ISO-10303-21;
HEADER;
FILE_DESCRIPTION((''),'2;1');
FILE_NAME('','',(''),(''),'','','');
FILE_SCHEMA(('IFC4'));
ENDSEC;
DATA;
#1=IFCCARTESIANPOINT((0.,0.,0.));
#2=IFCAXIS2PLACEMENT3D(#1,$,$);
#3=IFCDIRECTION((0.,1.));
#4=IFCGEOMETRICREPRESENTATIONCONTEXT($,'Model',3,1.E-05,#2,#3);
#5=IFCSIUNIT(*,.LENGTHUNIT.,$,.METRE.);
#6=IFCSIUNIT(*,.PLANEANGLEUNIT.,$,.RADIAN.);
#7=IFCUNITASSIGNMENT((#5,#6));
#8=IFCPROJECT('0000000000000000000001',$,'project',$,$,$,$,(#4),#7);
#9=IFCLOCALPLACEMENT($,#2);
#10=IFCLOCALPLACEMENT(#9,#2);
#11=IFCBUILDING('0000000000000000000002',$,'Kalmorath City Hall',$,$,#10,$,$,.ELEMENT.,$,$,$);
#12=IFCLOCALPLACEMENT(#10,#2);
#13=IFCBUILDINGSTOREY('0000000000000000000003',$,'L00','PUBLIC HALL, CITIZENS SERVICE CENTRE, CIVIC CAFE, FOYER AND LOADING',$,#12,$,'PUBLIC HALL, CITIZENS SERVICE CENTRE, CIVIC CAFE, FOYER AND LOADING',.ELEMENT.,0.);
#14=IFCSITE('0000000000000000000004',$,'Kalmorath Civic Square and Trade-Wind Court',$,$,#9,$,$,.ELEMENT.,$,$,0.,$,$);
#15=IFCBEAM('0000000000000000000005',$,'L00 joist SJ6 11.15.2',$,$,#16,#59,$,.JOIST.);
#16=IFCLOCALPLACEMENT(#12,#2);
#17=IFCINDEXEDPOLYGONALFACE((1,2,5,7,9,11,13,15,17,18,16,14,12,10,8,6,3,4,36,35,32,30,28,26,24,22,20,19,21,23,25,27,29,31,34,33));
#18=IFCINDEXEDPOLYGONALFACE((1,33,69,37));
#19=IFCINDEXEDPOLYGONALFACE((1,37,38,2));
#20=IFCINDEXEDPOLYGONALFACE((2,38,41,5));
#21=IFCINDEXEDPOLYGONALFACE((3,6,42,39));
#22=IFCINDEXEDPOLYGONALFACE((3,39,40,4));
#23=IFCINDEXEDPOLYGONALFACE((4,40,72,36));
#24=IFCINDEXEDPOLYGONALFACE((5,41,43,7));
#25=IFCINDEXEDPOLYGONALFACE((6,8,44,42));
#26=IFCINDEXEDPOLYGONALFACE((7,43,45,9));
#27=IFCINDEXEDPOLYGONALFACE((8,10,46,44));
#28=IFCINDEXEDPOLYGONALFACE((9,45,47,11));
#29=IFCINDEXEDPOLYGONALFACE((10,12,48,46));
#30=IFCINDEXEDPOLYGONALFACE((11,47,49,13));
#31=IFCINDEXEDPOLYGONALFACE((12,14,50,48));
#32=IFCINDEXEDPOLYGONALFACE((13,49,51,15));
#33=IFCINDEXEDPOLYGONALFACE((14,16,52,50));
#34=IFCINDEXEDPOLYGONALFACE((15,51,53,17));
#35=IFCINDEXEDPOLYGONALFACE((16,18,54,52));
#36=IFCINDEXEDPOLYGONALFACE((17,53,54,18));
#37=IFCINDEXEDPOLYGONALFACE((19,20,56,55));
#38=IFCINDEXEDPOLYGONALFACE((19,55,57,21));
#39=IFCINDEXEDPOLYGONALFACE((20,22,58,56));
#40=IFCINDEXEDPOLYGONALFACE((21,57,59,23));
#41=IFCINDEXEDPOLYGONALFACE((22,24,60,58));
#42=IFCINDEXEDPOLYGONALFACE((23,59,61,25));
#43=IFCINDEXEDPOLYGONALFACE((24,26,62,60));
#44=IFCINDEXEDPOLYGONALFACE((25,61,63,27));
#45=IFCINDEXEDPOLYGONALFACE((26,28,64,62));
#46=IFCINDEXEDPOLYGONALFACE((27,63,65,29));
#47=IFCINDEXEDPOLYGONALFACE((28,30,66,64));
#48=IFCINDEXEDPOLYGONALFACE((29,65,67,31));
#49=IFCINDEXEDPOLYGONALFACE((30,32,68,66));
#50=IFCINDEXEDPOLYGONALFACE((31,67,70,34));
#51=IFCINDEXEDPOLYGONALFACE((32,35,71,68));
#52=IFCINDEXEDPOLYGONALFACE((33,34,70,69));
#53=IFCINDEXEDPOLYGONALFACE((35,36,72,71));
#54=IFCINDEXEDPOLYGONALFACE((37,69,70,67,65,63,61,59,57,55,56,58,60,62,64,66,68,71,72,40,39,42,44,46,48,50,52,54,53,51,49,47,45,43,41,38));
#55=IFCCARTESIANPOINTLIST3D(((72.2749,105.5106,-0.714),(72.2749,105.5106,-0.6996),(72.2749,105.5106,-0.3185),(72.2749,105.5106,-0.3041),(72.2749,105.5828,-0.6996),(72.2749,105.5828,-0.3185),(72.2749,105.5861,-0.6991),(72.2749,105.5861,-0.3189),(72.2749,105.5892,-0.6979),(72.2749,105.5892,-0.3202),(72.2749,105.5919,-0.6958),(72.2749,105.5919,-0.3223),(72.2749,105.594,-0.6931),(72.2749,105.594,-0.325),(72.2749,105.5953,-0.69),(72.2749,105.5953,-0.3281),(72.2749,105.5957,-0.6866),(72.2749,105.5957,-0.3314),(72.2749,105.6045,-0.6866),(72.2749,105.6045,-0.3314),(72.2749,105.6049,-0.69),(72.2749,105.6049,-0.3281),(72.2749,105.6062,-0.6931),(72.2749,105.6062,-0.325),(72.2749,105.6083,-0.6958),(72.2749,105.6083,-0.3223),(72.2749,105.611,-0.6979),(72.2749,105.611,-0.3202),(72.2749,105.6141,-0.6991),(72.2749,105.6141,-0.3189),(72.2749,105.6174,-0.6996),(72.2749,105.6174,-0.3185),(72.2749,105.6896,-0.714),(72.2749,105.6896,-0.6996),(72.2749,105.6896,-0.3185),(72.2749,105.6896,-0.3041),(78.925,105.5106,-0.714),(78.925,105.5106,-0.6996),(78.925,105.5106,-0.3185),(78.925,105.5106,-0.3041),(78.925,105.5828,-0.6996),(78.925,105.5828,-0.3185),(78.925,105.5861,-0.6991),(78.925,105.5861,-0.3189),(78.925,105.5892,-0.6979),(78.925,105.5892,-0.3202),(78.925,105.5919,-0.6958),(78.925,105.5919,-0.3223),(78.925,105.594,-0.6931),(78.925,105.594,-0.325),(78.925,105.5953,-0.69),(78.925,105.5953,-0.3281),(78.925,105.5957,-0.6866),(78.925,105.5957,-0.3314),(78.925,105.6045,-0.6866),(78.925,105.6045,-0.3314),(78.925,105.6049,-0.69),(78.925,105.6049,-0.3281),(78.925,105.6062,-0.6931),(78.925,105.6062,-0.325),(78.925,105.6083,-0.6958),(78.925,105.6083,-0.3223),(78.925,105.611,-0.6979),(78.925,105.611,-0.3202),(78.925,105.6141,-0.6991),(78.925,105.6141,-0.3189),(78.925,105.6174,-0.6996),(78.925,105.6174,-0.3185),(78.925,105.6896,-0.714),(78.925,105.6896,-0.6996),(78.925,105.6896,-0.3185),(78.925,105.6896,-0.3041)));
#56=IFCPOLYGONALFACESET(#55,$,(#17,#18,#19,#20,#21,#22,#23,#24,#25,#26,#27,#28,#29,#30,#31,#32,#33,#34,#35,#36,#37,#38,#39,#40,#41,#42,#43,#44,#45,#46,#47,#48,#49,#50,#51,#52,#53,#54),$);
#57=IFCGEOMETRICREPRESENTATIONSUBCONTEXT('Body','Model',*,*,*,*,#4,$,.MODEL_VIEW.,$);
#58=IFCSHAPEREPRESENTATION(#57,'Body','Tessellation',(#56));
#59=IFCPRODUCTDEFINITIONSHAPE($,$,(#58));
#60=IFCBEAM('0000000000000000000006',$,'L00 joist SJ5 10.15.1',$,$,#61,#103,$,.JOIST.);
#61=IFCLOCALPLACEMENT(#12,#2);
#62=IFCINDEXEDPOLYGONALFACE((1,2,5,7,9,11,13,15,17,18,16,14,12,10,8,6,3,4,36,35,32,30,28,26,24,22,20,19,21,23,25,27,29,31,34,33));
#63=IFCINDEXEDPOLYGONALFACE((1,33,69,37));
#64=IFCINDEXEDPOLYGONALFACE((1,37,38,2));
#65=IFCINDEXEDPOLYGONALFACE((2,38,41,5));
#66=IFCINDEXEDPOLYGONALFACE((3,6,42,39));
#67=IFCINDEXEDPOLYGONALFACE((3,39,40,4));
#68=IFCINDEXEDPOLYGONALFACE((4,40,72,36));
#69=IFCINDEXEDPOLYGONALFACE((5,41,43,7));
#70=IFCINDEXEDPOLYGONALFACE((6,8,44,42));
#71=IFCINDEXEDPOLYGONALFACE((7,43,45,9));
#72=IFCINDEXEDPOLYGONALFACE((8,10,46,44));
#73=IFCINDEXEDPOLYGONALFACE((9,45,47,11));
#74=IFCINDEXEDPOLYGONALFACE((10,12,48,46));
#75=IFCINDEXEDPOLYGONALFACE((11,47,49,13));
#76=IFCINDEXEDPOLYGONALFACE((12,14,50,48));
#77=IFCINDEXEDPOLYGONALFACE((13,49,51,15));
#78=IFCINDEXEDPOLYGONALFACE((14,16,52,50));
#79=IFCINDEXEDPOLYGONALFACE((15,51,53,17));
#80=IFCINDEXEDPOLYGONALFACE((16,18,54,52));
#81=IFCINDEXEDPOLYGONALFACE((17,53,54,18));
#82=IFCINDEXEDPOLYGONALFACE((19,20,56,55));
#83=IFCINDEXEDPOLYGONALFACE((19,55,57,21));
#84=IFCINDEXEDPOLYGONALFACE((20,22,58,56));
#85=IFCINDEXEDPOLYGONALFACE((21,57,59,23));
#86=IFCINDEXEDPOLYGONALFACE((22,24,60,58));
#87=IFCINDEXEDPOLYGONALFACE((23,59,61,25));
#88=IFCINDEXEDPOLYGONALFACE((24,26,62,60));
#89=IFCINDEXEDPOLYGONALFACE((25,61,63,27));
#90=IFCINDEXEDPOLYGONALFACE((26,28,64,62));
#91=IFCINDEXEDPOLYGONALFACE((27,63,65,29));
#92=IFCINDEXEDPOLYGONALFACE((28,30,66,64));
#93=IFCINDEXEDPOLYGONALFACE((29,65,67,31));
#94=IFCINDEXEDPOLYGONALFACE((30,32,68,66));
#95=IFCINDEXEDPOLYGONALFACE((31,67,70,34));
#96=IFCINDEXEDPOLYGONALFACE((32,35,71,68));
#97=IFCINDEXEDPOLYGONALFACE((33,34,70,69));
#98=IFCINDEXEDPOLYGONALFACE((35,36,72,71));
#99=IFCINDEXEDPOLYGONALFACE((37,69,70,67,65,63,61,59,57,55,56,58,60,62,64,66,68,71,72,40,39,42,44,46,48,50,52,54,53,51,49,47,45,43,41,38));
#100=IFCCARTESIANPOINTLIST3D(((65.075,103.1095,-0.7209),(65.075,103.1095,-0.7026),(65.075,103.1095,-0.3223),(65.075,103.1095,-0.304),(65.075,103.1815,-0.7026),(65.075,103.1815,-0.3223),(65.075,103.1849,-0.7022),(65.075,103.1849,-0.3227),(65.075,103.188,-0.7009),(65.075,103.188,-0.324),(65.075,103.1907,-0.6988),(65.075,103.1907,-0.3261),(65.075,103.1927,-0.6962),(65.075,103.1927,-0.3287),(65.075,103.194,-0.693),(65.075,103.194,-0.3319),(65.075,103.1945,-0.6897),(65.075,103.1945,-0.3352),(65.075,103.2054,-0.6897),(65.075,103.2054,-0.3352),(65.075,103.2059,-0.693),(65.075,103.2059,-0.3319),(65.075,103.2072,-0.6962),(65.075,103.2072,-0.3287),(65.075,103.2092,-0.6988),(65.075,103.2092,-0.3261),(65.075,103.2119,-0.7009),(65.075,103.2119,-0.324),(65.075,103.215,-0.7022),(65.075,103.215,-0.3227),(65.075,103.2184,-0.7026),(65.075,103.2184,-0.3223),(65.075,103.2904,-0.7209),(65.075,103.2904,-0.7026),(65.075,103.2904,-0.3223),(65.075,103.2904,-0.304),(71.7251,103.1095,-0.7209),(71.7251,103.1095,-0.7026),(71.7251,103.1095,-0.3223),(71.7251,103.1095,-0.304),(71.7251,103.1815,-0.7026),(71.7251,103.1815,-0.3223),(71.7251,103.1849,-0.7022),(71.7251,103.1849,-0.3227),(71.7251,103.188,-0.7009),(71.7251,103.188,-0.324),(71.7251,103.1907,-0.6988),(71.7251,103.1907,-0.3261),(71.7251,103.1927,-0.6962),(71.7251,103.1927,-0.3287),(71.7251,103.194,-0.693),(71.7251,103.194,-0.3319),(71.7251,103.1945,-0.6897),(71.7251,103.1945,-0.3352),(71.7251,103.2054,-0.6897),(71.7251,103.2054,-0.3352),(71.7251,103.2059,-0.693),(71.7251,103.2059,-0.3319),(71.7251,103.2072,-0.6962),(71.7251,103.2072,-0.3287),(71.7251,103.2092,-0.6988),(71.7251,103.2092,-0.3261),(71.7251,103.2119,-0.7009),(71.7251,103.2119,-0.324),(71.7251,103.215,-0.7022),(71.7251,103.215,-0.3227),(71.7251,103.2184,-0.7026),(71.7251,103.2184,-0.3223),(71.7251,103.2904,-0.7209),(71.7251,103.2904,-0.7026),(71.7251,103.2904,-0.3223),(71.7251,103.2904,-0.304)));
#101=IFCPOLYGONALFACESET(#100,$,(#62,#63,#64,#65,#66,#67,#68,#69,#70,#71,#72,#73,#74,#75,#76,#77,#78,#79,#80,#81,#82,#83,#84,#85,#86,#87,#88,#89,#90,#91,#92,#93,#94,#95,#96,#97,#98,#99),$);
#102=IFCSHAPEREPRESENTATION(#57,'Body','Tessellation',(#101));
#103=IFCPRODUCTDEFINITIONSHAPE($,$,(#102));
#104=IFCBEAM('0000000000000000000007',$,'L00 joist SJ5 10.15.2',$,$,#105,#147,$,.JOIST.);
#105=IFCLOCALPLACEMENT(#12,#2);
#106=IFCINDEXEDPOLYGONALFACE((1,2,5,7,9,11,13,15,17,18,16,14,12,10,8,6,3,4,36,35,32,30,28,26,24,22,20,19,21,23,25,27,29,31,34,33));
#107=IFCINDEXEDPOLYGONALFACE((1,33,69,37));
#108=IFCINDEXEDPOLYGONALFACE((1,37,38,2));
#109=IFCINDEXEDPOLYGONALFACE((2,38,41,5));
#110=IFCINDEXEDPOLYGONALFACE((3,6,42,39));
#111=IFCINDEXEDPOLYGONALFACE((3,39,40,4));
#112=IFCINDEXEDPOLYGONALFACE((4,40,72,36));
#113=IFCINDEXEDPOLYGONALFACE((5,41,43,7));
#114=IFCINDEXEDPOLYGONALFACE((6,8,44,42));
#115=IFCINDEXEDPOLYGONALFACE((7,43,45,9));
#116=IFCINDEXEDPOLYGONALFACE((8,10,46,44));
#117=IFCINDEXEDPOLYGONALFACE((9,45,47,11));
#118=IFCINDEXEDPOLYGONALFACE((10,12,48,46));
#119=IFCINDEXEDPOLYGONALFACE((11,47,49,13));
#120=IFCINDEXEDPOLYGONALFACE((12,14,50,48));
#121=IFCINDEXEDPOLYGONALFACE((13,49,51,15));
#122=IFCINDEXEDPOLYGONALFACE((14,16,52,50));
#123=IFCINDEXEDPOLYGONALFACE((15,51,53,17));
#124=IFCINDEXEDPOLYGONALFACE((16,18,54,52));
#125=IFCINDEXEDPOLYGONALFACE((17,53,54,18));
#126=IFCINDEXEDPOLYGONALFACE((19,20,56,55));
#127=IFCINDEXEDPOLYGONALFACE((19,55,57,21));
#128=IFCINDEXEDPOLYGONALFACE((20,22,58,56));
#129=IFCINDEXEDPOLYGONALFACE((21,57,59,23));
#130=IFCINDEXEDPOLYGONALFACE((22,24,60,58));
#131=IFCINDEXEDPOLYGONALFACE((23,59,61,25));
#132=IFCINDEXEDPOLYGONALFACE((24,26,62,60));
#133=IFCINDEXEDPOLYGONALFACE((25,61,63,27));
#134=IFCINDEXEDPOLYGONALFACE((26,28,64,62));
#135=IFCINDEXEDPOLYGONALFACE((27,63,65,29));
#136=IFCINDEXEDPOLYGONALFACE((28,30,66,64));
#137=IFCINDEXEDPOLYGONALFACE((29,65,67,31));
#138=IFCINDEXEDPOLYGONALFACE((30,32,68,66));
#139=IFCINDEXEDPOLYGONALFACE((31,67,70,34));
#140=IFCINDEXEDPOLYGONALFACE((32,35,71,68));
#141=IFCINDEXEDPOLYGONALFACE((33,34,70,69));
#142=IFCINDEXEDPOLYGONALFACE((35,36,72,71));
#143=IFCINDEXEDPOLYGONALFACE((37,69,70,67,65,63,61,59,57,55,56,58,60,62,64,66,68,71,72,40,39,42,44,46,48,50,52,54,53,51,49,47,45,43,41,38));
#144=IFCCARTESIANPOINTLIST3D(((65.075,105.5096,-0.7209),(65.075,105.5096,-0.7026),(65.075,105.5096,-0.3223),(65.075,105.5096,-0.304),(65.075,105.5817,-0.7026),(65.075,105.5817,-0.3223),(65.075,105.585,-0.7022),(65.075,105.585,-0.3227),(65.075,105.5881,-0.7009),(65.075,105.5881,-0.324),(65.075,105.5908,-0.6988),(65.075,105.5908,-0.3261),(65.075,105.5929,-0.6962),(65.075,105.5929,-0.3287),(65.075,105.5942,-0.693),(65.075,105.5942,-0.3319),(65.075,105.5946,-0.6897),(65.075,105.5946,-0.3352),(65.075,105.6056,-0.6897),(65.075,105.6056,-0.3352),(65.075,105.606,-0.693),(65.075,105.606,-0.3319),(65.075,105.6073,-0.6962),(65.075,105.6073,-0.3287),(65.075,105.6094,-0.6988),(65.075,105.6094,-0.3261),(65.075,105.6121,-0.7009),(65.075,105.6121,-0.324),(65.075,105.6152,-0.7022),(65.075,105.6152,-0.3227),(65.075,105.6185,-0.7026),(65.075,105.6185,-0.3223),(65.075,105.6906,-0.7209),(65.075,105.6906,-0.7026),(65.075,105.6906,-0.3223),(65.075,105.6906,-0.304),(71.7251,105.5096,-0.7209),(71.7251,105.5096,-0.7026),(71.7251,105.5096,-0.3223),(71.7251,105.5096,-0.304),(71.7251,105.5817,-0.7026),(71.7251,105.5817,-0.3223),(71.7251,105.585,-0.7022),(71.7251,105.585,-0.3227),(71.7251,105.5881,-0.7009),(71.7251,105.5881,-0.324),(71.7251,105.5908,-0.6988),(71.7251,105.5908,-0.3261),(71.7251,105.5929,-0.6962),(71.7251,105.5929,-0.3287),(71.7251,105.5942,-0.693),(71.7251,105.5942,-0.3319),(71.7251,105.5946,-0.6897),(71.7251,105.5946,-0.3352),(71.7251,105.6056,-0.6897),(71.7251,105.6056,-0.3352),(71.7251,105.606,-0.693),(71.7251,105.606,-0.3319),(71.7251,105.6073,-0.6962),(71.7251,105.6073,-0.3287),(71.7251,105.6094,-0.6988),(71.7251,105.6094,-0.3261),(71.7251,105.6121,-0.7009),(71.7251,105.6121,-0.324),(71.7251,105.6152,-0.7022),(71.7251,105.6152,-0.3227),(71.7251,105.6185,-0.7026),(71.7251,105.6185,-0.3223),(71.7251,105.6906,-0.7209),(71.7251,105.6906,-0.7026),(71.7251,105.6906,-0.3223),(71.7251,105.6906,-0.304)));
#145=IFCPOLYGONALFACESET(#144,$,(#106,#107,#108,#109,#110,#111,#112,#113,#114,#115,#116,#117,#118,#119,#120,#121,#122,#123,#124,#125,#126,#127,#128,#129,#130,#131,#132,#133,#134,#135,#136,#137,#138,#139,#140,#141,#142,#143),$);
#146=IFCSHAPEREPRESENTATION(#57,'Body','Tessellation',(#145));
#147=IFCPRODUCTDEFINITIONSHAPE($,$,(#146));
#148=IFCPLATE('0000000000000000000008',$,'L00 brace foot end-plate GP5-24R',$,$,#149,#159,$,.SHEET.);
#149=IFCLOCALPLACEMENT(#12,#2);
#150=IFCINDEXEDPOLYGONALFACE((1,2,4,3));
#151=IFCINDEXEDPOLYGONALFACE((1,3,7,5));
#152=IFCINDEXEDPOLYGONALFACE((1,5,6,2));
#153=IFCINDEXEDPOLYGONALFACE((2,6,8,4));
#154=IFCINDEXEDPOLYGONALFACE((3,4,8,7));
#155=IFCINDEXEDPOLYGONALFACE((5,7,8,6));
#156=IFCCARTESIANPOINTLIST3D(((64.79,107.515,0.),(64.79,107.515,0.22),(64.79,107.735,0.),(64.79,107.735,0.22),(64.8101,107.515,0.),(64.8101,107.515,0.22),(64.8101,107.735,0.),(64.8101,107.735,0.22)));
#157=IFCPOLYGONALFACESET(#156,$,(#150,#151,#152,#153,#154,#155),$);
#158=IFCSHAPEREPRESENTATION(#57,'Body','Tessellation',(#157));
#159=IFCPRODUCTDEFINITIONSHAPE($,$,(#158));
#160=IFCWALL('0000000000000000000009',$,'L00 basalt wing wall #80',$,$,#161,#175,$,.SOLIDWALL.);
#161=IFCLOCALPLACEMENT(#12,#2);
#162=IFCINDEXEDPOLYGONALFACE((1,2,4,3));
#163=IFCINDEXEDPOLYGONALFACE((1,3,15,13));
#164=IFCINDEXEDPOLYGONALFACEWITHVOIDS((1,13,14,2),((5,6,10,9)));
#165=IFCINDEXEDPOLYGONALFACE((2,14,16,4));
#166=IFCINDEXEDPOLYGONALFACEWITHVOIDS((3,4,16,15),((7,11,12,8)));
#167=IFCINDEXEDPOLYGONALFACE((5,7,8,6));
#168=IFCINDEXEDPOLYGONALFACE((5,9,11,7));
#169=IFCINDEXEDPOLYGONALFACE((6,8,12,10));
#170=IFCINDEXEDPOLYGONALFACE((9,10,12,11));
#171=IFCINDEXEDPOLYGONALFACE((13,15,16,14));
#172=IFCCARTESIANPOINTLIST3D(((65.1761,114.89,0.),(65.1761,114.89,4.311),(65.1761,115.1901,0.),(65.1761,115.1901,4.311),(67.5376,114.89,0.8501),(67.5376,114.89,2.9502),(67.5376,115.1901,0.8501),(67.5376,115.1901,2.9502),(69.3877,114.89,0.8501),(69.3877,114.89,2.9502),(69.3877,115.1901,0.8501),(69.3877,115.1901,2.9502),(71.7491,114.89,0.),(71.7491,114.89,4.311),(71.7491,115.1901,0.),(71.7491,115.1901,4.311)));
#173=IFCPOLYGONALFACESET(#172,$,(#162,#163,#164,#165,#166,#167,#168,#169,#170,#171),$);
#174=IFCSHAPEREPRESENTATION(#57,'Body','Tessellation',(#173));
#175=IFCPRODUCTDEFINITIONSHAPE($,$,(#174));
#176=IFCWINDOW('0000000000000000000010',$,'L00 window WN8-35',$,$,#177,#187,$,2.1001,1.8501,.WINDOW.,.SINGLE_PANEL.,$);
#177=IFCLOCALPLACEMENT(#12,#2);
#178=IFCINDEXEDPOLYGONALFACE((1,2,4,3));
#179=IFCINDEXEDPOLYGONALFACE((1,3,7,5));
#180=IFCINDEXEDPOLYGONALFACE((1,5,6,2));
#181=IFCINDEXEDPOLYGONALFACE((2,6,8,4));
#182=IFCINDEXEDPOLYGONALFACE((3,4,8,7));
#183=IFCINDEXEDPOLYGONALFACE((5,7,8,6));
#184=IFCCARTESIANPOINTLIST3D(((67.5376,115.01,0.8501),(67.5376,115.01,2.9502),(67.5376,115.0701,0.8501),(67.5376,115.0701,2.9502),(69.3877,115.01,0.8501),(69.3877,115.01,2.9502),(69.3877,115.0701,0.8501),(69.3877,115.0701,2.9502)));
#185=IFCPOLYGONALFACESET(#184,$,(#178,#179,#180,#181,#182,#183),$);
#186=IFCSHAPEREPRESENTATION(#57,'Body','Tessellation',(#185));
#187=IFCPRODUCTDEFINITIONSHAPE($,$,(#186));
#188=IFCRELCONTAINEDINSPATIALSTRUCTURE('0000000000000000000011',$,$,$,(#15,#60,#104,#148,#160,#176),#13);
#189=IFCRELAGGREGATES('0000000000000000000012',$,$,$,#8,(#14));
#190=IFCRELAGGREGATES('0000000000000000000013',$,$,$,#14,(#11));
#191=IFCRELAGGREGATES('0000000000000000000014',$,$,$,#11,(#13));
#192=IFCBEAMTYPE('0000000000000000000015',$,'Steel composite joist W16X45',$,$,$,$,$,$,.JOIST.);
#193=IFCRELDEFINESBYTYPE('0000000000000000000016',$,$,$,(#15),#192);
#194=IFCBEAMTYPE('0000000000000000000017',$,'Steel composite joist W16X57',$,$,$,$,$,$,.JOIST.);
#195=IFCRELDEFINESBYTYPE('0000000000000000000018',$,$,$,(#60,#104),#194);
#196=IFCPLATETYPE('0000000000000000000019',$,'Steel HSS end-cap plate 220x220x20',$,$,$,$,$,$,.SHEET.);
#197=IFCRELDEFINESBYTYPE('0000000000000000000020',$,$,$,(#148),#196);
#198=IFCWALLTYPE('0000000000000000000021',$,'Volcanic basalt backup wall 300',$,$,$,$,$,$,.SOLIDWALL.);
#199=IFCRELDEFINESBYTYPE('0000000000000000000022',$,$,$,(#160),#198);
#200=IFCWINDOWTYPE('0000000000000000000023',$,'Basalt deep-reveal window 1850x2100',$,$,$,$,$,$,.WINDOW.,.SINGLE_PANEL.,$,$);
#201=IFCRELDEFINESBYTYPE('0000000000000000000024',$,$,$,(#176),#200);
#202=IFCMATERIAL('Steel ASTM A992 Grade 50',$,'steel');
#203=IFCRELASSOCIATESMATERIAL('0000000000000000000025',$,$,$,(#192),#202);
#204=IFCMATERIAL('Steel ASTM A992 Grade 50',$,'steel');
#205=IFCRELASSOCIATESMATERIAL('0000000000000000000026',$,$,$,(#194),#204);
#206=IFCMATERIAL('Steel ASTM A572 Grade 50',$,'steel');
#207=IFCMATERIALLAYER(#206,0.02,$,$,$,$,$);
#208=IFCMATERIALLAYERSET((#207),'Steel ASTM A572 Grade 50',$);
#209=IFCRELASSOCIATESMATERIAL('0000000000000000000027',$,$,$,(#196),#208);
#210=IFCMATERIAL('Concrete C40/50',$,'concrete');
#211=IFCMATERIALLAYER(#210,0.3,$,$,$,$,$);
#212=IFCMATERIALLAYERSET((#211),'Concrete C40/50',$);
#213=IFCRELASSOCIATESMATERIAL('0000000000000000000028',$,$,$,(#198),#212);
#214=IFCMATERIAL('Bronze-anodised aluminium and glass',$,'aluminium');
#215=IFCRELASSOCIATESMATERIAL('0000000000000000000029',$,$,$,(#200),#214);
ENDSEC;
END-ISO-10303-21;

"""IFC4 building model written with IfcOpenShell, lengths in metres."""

from ifc_helpers import new_model, si_unit, direction, frame, frame_2d, origin, origin_2d, place, context, subcontext, project, spatial, rectangle, i_section, extrude, material, layer, layer_set, material_profile, profile_set, type_object, element, fill, save


model = new_model("IFC4")

# Units and contexts
model_context = context("Model", 3, precision=1e-05, world=origin(), true_north=direction((0.0, 1.0)))
body_context = subcontext(model_context, "Body", "Model", "MODEL_VIEW")
ifc_project = project(units=[si_unit("LENGTHUNIT", "METRE"), si_unit("PLANEANGLEUNIT", "RADIAN")], contexts=[model_context])

# Site, building, storey
site_placement = place(None, origin())
site = spatial("IfcSite", under=ifc_project, at=site_placement, Name="Kalmorath Civic Square and Trade-Wind Court", CompositionType="ELEMENT", RefElevation=0.0)
building_placement = place(site_placement, origin())
building = spatial("IfcBuilding", under=site, at=building_placement, Name="Kalmorath City Hall", CompositionType="ELEMENT")
storey_placement = place(building_placement, origin())
storey = spatial("IfcBuildingStorey", under=building, at=storey_placement, Name="L00", Description="PUBLIC HALL, CITIZENS SERVICE CENTRE, CIVIC CAFE, FOYER AND LOADING", LongName="PUBLIC HALL, CITIZENS SERVICE CENTRE, CIVIC CAFE, FOYER AND LOADING", CompositionType="ELEMENT", Elevation=0.0)

# Beams
ifc_material_1 = material(Name="Steel ASTM A992 Grade 50", Category="steel")
ifc_material_profile_1 = material_profile(ifc_material_1, i_section(OverallWidth=0.179, OverallDepth=0.4099, WebThickness=0.0088, FlangeThickness=0.0144, FilletRadius=0.0129, at=origin_2d()), Name="W16X45")
ifc_profile_set_1 = profile_set([ifc_material_profile_1], Name="Steel ASTM A992 Grade 50")
beam_type_1 = type_object("IfcBeamType", Name="Steel composite joist W16X45", PredefinedType="JOIST", material=ifc_profile_set_1)
for number, where, z_axis, x_axis, name in (
    (1, (72.2749, 105.6001, -0.509), (1.0, 0.0, 0.0), (0.0, 1.0, 0.0), "L00 joist SJ6 11.15.2"),
):
    element("IfcBeam", number, at=place(storey_placement, frame(where, z_axis=z_axis, x_axis=x_axis)), inside=storey, type_object=beam_type_1, Name=name, PredefinedType="JOIST", context=body_context, shape_type="SweptSolid", body=[
        extrude(i_section(OverallWidth=0.179, OverallDepth=0.4099, WebThickness=0.0088, FlangeThickness=0.0144, FilletRadius=0.0129, at=origin_2d()), origin(), (0.0, 0.0, 1.0), 6.6501),
    ])
ifc_material_2 = material(Name="Steel ASTM A992 Grade 50", Category="steel")
ifc_material_profile_2 = material_profile(ifc_material_2, i_section(OverallWidth=0.1809, OverallDepth=0.417, WebThickness=0.011, FlangeThickness=0.0183, FilletRadius=0.0129, at=origin_2d()), Name="W16X57")
ifc_profile_set_2 = profile_set([ifc_material_profile_2], Name="Steel ASTM A992 Grade 50")
beam_type_2 = type_object("IfcBeamType", Name="Steel composite joist W16X57", PredefinedType="JOIST", material=ifc_profile_set_2)
for number, where, z_axis, x_axis, name in (
    (2, (65.075, 103.2, -0.5125), (1.0, 0.0, 0.0), (0.0, 1.0, 0.0), "L00 joist SJ5 10.15.1"),
    (3, (65.075, 105.6001, -0.5125), (1.0, 0.0, 0.0), (0.0, 1.0, 0.0), "L00 joist SJ5 10.15.2"),
):
    element("IfcBeam", number, at=place(storey_placement, frame(where, z_axis=z_axis, x_axis=x_axis)), inside=storey, type_object=beam_type_2, Name=name, PredefinedType="JOIST", context=body_context, shape_type="SweptSolid", body=[
        extrude(i_section(OverallWidth=0.1809, OverallDepth=0.417, WebThickness=0.011, FlangeThickness=0.0183, FilletRadius=0.0129, at=origin_2d()), origin(), (0.0, 0.0, 1.0), 6.6501),
    ])

# Plate
ifc_material_3 = material(Name="Steel ASTM A572 Grade 50", Category="steel")
ifc_layer_1 = layer(ifc_material_3, 0.02)
ifc_layer_set_1 = layer_set([ifc_layer_1], Name="Steel ASTM A572 Grade 50")
plate_type = type_object("IfcPlateType", Name="Steel HSS end-cap plate 220x220x20", PredefinedType="SHEET", material=ifc_layer_set_1)
plate_placement = place(storey_placement, frame((64.8, 107.625, 0.0), z_axis=(0.0, 0.0, 1.0), x_axis=(0.0, 1.0, 0.0)))
element("IfcPlate", 4, at=plate_placement, inside=storey, type_object=plate_type, Name="L00 brace foot end-plate GP5-24R", PredefinedType="SHEET", context=body_context, shape_type="SweptSolid", body=[
    extrude(rectangle(XDim=0.22, YDim=0.02, at=origin_2d()), origin(), (0.0, 0.0, 1.0), 0.22),
])

# Wall, opening, window
ifc_material_4 = material(Name="Concrete C40/50", Category="concrete")
ifc_layer_2 = layer(ifc_material_4, 0.3)
ifc_layer_set_2 = layer_set([ifc_layer_2], Name="Concrete C40/50")
wall_type = type_object("IfcWallType", Name="Volcanic basalt backup wall 300", PredefinedType="SOLIDWALL", material=ifc_layer_set_2)
wall_1_placement = place(storey_placement, frame((65.176, 115.04, 0.0), z_axis=(0.0, 0.0, 1.0), x_axis=(1.0, 0.0, 0.0)))
wall_1 = element("IfcWall", 5, at=wall_1_placement, inside=storey, type_object=wall_type, Name="L00 basalt wing wall #80", PredefinedType="SOLIDWALL", context=body_context, shape_type="SweptSolid", body=[
    extrude(rectangle(XDim=6.573, YDim=0.3, at=frame_2d((3.2866, 0.0))), origin(), (0.0, 0.0, 1.0), 4.311),
])
opening_1_placement = place(wall_1_placement, frame((2.3616, 0.0, 0.8501)))
opening_1 = element("IfcOpeningElement", 6, at=opening_1_placement, cuts=wall_1, PredefinedType="OPENING", context=body_context, shape_type="SweptSolid", body=[
    extrude(rectangle(XDim=1.8501, YDim=2.1001, at=frame_2d((0.925, 1.05))), frame((0.0, 0.1599, 0.0), z_axis=(0.0, -1.0, 0.0), x_axis=(1.0, 0.0, 0.0)), (0.0, 0.0, 1.0), 0.3201),
])
ifc_material_5 = material(Name="Bronze-anodised aluminium and glass", Category="aluminium")
window_type = type_object("IfcWindowType", Name="Basalt deep-reveal window 1850x2100", PartitioningType="SINGLE_PANEL", PredefinedType="WINDOW", material=ifc_material_5)
window_1_placement = place(opening_1_placement, origin())
window_1 = element("IfcWindow", 7, at=window_1_placement, inside=storey, type_object=window_type, Name="L00 window WN8-35", OverallHeight=2.1001, OverallWidth=1.8501, PartitioningType="SINGLE_PANEL", PredefinedType="WINDOW", context=body_context, shape_type="SweptSolid", body=[
    extrude(rectangle(XDim=1.8501, YDim=2.1001, at=frame_2d((0.925, 1.05))), frame((0.0, 0.03, 0.0), z_axis=(0.0, -1.0, 0.0), x_axis=(1.0, 0.0, 0.0)), (0.0, 0.0, 1.0), 0.0601),
])
fill(opening_1, window_1)

save(model, "model.ifc")
